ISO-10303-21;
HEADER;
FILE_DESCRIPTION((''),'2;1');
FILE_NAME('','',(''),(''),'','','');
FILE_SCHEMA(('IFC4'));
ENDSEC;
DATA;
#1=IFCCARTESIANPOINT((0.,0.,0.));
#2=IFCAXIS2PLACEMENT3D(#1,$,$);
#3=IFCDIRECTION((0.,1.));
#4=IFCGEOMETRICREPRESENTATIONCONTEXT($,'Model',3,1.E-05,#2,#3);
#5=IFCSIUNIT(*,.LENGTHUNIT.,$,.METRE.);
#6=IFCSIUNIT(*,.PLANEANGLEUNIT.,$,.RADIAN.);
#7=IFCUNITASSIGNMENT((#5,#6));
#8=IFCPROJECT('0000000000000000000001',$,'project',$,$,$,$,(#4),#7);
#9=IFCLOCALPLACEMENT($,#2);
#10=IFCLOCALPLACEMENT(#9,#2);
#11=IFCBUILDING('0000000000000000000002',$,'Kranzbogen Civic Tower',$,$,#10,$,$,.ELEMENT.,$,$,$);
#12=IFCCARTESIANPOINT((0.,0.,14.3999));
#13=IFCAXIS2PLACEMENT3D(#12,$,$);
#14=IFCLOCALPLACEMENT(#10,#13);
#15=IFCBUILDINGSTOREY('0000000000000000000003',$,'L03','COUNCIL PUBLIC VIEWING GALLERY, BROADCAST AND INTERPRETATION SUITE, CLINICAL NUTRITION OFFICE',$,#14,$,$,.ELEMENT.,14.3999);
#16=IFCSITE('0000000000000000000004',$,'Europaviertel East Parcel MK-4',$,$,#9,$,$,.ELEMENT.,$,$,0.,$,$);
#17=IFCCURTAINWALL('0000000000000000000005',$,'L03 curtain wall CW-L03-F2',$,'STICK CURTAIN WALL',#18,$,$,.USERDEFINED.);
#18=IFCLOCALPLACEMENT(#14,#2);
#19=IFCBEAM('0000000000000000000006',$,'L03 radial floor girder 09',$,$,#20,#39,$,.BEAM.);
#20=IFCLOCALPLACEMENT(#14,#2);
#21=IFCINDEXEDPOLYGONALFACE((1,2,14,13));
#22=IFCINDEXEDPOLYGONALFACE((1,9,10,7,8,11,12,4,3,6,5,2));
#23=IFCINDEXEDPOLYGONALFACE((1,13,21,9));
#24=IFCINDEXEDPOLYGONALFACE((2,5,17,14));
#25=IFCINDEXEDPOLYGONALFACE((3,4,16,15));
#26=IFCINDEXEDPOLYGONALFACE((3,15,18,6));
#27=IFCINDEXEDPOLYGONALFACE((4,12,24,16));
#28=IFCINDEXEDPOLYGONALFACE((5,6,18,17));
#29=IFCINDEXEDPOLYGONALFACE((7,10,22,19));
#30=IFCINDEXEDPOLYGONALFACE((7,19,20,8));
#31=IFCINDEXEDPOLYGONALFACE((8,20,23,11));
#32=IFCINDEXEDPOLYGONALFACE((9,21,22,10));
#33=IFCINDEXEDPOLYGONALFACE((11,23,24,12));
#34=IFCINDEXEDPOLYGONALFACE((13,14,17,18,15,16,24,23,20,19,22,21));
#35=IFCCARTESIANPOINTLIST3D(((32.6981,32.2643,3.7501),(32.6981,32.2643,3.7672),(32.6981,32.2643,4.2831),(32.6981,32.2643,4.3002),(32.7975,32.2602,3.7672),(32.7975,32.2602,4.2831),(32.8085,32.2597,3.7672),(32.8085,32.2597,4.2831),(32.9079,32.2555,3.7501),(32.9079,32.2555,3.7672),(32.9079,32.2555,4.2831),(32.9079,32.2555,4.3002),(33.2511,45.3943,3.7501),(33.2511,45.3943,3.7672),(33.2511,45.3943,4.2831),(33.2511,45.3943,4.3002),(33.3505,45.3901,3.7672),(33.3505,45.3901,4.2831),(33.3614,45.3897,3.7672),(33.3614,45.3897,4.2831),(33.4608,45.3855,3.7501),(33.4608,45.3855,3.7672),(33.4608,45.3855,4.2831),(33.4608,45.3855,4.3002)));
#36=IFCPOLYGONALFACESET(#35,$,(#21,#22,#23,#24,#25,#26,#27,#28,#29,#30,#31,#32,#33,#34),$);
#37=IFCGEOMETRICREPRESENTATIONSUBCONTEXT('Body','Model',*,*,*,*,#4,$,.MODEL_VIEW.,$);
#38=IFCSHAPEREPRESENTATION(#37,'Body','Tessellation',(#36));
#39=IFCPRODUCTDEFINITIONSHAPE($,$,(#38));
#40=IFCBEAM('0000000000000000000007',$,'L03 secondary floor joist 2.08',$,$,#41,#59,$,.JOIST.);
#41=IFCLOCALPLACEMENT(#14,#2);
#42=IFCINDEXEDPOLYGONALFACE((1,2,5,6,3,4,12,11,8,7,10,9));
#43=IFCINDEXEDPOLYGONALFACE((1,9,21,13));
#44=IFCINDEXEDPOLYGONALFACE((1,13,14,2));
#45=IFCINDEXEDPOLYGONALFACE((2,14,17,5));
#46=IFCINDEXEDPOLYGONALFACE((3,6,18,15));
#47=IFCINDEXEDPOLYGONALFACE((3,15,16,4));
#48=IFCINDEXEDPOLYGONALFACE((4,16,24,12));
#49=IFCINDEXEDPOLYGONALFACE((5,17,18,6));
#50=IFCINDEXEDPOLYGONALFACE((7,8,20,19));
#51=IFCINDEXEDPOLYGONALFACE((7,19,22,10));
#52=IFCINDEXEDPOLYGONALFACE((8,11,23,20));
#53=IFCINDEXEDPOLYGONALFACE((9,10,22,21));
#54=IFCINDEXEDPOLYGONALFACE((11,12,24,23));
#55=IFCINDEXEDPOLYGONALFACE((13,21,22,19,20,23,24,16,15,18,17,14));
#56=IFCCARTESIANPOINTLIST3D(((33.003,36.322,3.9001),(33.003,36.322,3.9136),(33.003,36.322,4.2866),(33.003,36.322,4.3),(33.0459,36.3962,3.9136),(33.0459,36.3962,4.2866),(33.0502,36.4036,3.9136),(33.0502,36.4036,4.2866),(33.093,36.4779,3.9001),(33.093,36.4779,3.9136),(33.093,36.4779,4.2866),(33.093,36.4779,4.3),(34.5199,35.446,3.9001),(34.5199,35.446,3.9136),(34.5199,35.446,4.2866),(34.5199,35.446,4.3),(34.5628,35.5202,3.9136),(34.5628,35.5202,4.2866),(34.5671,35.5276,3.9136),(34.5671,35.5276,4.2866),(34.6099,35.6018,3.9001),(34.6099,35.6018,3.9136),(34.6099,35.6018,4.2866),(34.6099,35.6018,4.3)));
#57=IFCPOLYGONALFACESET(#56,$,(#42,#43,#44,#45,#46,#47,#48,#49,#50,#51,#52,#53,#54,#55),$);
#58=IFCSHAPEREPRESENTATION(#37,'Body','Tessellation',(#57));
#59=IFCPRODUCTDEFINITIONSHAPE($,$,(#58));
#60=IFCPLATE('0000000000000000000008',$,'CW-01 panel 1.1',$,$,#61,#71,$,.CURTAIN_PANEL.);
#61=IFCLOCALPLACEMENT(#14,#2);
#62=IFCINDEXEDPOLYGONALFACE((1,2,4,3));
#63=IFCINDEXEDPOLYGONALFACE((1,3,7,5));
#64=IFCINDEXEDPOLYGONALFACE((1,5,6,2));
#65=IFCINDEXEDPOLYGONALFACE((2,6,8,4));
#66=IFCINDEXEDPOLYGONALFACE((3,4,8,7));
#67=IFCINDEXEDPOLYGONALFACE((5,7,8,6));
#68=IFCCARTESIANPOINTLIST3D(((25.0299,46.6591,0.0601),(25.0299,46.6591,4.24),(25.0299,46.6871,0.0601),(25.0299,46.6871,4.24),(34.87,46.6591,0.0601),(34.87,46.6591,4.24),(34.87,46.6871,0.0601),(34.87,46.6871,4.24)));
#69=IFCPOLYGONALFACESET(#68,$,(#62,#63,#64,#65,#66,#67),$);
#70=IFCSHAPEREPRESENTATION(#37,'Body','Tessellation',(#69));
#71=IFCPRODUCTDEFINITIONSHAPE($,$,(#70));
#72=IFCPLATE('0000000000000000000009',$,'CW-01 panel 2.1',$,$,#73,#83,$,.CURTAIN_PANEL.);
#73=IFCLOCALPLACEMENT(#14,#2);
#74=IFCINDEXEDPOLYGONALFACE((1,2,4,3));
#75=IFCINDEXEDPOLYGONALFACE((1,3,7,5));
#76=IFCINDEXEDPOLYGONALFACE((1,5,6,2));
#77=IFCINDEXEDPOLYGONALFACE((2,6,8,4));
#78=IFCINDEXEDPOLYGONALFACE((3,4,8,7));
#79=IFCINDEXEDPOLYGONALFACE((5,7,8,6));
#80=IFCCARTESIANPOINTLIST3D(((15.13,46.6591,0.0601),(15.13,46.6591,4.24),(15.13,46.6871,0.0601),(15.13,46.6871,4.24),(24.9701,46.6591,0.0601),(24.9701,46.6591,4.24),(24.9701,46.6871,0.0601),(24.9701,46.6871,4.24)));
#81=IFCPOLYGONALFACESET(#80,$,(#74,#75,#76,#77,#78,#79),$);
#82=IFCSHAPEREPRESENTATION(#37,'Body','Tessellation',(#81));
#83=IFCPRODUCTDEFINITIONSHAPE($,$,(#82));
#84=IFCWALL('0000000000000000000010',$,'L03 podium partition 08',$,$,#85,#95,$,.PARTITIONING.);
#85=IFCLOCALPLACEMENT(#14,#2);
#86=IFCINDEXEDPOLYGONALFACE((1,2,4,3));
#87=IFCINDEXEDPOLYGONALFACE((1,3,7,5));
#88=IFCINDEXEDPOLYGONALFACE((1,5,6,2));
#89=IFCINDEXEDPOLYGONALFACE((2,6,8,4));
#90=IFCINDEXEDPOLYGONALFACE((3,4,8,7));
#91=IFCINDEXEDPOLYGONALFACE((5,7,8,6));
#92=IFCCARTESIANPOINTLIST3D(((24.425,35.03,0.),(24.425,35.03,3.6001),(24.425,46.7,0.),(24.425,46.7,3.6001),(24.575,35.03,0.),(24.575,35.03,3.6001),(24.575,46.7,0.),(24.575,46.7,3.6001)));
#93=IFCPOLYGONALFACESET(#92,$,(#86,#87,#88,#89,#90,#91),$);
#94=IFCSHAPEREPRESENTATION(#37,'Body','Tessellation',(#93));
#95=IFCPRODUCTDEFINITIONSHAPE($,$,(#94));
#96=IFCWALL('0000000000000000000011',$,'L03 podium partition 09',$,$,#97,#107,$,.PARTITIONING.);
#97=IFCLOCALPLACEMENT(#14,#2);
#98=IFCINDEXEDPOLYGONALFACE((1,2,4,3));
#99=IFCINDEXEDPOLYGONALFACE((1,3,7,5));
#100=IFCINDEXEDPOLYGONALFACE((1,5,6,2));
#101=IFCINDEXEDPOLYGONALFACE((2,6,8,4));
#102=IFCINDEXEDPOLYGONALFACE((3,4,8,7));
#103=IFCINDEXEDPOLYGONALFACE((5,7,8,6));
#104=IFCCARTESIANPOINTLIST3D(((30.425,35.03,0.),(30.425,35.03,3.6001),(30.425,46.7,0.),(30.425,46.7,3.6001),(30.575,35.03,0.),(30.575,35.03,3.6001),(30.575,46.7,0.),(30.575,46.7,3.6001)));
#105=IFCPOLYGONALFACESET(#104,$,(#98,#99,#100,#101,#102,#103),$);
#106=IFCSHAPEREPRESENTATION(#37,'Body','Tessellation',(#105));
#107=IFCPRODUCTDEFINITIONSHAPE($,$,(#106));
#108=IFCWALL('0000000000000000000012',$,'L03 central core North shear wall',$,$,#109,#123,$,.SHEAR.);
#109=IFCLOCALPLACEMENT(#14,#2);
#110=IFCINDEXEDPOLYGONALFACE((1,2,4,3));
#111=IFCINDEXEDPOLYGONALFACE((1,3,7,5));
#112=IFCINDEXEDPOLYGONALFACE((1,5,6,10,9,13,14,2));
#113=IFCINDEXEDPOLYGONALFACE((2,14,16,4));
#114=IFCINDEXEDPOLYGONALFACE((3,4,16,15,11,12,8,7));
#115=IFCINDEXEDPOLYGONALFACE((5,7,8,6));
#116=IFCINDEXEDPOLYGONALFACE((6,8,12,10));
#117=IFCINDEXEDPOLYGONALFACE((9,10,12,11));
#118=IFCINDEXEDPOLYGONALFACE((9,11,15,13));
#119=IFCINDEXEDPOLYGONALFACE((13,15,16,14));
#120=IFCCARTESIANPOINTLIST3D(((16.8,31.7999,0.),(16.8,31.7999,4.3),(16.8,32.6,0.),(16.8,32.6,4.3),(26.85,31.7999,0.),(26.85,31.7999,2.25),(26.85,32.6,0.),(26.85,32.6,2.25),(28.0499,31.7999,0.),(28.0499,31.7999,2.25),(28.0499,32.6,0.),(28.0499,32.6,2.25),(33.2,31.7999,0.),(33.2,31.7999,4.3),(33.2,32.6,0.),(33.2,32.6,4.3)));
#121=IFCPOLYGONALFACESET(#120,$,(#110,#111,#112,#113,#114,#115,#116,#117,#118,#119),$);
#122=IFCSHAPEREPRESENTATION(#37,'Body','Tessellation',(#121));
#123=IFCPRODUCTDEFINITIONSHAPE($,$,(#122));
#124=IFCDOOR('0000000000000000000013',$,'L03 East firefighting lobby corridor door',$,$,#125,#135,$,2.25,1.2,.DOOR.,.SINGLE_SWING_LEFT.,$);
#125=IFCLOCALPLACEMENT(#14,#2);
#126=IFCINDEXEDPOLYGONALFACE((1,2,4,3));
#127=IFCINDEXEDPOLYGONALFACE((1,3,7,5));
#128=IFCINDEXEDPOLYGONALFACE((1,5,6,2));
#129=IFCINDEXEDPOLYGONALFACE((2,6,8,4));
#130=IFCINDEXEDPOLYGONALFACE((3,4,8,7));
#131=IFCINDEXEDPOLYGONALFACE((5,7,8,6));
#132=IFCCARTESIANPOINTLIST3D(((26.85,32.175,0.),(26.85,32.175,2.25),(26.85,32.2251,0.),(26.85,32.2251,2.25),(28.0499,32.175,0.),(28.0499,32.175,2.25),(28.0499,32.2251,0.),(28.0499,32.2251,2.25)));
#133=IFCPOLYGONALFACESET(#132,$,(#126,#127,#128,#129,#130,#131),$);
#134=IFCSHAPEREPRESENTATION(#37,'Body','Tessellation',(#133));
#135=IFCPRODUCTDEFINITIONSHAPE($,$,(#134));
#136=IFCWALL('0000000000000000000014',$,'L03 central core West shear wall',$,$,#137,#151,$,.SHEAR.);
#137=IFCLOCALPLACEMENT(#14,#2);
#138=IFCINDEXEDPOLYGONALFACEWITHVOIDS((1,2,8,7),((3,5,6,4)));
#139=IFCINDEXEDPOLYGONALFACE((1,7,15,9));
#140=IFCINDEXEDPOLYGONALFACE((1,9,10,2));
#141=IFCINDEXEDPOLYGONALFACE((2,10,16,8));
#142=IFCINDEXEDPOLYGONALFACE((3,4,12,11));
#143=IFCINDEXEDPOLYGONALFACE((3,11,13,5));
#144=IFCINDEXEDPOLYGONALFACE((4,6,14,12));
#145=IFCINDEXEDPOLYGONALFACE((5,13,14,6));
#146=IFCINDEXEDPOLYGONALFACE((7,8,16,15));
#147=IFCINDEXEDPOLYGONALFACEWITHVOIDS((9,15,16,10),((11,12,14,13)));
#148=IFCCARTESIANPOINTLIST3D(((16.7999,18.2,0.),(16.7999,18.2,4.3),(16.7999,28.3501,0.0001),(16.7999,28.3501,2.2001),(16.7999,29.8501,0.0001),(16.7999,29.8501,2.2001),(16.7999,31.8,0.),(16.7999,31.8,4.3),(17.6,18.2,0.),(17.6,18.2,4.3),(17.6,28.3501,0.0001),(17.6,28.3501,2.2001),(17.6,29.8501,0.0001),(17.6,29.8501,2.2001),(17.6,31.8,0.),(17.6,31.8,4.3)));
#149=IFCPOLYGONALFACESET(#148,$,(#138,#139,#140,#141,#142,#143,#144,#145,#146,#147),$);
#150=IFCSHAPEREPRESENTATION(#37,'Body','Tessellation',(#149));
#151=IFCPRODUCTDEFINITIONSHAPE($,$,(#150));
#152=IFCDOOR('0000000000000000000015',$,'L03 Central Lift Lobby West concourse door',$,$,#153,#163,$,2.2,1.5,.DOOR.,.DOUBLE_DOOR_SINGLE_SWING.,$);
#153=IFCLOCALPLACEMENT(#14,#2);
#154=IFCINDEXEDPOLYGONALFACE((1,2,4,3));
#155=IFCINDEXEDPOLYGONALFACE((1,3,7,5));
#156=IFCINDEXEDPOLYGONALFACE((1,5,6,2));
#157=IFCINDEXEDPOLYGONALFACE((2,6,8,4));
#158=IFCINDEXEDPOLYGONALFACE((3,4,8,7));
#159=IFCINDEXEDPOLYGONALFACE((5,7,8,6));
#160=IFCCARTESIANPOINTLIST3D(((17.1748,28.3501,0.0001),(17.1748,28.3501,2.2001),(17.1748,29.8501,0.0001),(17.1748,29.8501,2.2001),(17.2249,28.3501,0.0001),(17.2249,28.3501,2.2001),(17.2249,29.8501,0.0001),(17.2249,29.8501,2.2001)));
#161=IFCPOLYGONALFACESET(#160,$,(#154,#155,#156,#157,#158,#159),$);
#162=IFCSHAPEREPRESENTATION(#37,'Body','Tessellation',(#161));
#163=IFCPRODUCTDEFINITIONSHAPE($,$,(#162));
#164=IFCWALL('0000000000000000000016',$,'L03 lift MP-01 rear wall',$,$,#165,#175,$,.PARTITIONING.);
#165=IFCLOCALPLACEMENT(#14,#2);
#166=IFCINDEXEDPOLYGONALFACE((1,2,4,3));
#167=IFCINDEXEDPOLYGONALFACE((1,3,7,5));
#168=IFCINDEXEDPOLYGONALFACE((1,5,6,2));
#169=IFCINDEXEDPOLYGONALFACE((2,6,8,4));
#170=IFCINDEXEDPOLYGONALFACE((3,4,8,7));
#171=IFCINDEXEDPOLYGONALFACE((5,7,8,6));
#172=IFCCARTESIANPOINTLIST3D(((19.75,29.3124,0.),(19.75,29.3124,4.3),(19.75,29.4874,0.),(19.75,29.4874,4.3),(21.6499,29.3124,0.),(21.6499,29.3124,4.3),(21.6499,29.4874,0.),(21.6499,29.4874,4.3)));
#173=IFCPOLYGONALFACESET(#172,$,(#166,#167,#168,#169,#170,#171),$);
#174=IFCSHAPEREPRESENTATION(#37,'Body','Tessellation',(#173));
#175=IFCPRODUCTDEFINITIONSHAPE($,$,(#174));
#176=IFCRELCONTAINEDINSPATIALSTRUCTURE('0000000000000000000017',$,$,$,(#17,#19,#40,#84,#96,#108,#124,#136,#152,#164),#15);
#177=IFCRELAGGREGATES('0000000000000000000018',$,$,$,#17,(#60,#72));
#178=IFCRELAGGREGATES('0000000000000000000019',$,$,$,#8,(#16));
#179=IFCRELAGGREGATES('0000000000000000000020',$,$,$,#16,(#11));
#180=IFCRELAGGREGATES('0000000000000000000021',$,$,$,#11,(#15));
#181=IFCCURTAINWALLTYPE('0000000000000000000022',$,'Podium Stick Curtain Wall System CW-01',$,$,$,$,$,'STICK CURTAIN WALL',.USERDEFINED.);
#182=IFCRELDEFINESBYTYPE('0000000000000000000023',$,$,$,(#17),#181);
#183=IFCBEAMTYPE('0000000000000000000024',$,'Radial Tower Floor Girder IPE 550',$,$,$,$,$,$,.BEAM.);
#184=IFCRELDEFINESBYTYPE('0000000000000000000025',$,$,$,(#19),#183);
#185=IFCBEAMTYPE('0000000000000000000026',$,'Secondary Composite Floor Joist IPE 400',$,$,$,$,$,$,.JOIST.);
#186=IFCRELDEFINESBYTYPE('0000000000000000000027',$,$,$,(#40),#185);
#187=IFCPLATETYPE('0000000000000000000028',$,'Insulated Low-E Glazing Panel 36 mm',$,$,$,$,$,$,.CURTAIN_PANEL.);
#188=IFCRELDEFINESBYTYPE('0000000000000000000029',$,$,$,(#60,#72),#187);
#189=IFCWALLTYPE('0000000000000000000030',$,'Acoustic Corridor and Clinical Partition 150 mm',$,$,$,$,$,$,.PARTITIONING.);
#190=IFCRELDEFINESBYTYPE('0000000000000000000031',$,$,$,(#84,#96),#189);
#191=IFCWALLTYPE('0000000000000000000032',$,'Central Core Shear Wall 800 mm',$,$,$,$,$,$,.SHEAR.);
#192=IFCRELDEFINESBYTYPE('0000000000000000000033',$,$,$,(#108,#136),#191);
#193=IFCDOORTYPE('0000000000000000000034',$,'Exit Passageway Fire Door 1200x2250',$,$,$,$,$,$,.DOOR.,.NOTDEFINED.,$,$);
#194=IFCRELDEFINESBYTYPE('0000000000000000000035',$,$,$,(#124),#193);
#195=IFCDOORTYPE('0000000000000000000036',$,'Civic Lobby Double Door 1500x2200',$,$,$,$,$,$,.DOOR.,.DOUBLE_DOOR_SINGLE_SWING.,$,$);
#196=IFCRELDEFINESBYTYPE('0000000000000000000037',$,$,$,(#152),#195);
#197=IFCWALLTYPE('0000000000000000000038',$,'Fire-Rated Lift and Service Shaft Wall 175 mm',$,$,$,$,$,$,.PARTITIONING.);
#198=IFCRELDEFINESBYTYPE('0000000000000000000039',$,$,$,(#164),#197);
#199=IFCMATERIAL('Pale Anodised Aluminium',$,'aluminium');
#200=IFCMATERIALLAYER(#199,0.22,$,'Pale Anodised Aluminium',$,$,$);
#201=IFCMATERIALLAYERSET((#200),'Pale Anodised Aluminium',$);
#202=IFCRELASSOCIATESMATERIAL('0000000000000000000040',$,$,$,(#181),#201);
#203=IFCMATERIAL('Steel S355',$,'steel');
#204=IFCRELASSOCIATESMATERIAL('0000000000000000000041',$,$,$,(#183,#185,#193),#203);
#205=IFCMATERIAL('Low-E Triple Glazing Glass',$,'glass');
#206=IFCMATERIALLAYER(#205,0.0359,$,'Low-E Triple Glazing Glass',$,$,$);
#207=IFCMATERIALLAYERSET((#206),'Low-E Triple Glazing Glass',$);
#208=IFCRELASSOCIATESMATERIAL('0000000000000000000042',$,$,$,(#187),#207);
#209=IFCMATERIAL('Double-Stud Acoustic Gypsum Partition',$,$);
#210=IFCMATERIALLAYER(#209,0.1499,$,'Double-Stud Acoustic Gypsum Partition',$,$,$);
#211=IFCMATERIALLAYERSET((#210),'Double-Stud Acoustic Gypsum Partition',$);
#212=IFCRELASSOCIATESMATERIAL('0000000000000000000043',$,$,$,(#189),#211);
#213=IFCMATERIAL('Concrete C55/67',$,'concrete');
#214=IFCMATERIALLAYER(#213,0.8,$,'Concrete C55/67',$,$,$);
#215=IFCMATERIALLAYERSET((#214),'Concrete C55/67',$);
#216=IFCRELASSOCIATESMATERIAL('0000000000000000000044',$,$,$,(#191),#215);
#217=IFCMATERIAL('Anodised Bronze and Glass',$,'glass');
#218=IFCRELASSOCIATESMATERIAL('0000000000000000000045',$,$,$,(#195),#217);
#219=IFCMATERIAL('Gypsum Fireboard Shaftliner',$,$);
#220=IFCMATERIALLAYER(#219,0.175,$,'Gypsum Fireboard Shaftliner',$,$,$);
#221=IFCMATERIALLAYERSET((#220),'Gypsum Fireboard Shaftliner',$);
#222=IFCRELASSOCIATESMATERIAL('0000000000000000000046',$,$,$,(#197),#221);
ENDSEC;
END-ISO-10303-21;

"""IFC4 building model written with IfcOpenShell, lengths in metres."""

from ifc_helpers import new_model, si_unit, direction, frame, frame_2d, origin, origin_2d, place, context, subcontext, project, spatial, rectangle, i_section, extrude, material, layer, layer_set, material_profile, profile_set, type_object, element, fill, aggregate, save


model = new_model("IFC4")

# Units and contexts
model_context = context("Model", 3, precision=1e-05, world=origin(), true_north=direction((0.0, 1.0)))
body_context = subcontext(model_context, "Body", "Model", "MODEL_VIEW")
ifc_project = project(units=[si_unit("LENGTHUNIT", "METRE"), si_unit("PLANEANGLEUNIT", "RADIAN")], contexts=[model_context])

# Site, building, storey
site_placement = place(None, origin())
site = spatial("IfcSite", under=ifc_project, at=site_placement, Name="Europaviertel East Parcel MK-4", CompositionType="ELEMENT", RefElevation=0.0)
building_placement = place(site_placement, origin())
building = spatial("IfcBuilding", under=site, at=building_placement, Name="Kranzbogen Civic Tower", CompositionType="ELEMENT")
storey_placement = place(building_placement, frame((0.0, 0.0, 14.3999)))
storey = spatial("IfcBuildingStorey", under=building, at=storey_placement, Name="L03", Description="COUNCIL PUBLIC VIEWING GALLERY, BROADCAST AND INTERPRETATION SUITE, CLINICAL NUTRITION OFFICE", CompositionType="ELEMENT", Elevation=14.3999)

# Shared definitions
ifc_material_1 = material(Name="Pale Anodised Aluminium", Category="aluminium")

# Curtain wall
ifc_layer_1 = layer(ifc_material_1, 0.22, Name="Pale Anodised Aluminium")
ifc_layer_set_1 = layer_set([ifc_layer_1], Name="Pale Anodised Aluminium")
curtain_wall_type_1 = type_object("IfcCurtainWallType", Name="Podium Stick Curtain Wall System CW-01", ElementType="STICK CURTAIN WALL", PredefinedType="USERDEFINED", material=ifc_layer_set_1)
curtain_wall_1_placement = place(storey_placement, origin())
curtain_wall_1 = element("IfcCurtainWall", 1, at=curtain_wall_1_placement, inside=storey, type_object=curtain_wall_type_1, Name="L03 curtain wall CW-L03-F2", ObjectType="STICK CURTAIN WALL", PredefinedType="USERDEFINED")

# Beams
ifc_material_2 = material(Name="Steel S355", Category="steel")
ifc_material_profile_1 = material_profile(ifc_material_2, i_section(OverallWidth=0.21, OverallDepth=0.55, WebThickness=0.011, FlangeThickness=0.0171, at=origin_2d()), Name="IPE 550")
ifc_profile_set_1 = profile_set([ifc_material_profile_1], Name="Steel S355")
beam_type_1 = type_object("IfcBeamType", Name="Radial Tower Floor Girder IPE 550", PredefinedType="BEAM", material=ifc_profile_set_1)
beam_1_placement = place(storey_placement, frame((33.356, 45.3899, 4.0251), z_axis=(-0.042079, -0.999114, 0.0), x_axis=(0.999114, -0.042079, 0.0)))
element("IfcBeam", 2, at=beam_1_placement, inside=storey, type_object=beam_type_1, Name="L03 radial floor girder 09", PredefinedType="BEAM", context=body_context, shape_type="SweptSolid", body=[
    extrude(i_section(OverallWidth=0.21, OverallDepth=0.55, WebThickness=0.011, FlangeThickness=0.0171, at=origin_2d()), origin(), (0.0, 0.0, 1.0), 13.1416),
])
ifc_material_profile_2 = material_profile(ifc_material_2, i_section(OverallWidth=0.1799, OverallDepth=0.3999, WebThickness=0.0085, FlangeThickness=0.0134, at=origin_2d()), Name="IPE 400")
ifc_profile_set_2 = profile_set([ifc_material_profile_2], Name="Steel S355")
beam_type_2 = type_object("IfcBeamType", Name="Secondary Composite Floor Joist IPE 400", PredefinedType="JOIST", material=ifc_profile_set_2)
beam_2_placement = place(storey_placement, frame((34.5649, 35.5239, 4.1001), z_axis=(-0.86597, 0.500096, 0.0), x_axis=(-0.500096, -0.86597, 0.0)))
element("IfcBeam", 3, at=beam_2_placement, inside=storey, type_object=beam_type_2, Name="L03 secondary floor joist 2.08", PredefinedType="JOIST", context=body_context, shape_type="SweptSolid", body=[
    extrude(i_section(OverallWidth=0.1799, OverallDepth=0.3999, WebThickness=0.0085, FlangeThickness=0.0134, at=origin_2d()), origin(), (0.0, 0.0, 1.0), 1.7517),
])

# Plates
ifc_material_3 = material(Name="Low-E Triple Glazing Glass", Category="glass")
ifc_layer_2 = layer(ifc_material_3, 0.0359, Name="Low-E Triple Glazing Glass")
ifc_layer_set_2 = layer_set([ifc_layer_2], Name="Low-E Triple Glazing Glass")
plate_type = type_object("IfcPlateType", Name="Insulated Low-E Glazing Panel 36 mm", PredefinedType="CURTAIN_PANEL", material=ifc_layer_set_2)
plate_1_placement = place(storey_placement, frame((29.95, 46.6731, 0.0601), z_axis=(0.0, 0.0, 1.0), x_axis=(-1.0, 0.0, 0.0)))
plate_1 = element("IfcPlate", 4, at=plate_1_placement, type_object=plate_type, Name="CW-01 panel 1.1", PredefinedType="CURTAIN_PANEL", context=body_context, shape_type="SweptSolid", body=[
    extrude(rectangle(XDim=9.8401, YDim=0.0281, at=origin_2d()), origin(), (0.0, 0.0, 1.0), 4.1799),
])
plate_2_placement = place(storey_placement, frame((20.05, 46.6731, 0.0601), z_axis=(0.0, 0.0, 1.0), x_axis=(-1.0, 0.0, 0.0)))
plate_2 = element("IfcPlate", 5, at=plate_2_placement, type_object=plate_type, Name="CW-01 panel 2.1", PredefinedType="CURTAIN_PANEL", context=body_context, shape_type="SweptSolid", body=[
    extrude(rectangle(XDim=9.8401, YDim=0.0281, at=origin_2d()), origin(), (0.0, 0.0, 1.0), 4.1799),
])
aggregate(curtain_wall_1, [plate_1, plate_2])

# Walls
ifc_material_4 = material(Name="Double-Stud Acoustic Gypsum Partition")
ifc_layer_3 = layer(ifc_material_4, 0.1499, Name="Double-Stud Acoustic Gypsum Partition")
ifc_layer_set_3 = layer_set([ifc_layer_3], Name="Double-Stud Acoustic Gypsum Partition")
wall_type_1 = type_object("IfcWallType", Name="Acoustic Corridor and Clinical Partition 150 mm", PredefinedType="PARTITIONING", material=ifc_layer_set_3)
for number, where, z_axis, x_axis, name in (
    (6, (24.5, 35.03, 0.0), (0.0, 0.0, 1.0), (0.0, 1.0, 0.0), "L03 podium partition 08"),
    (7, (30.5, 35.03, 0.0), (0.0, 0.0, 1.0), (0.0, 1.0, 0.0), "L03 podium partition 09"),
):
    element("IfcWall", number, at=place(storey_placement, frame(where, z_axis=z_axis, x_axis=x_axis)), inside=storey, type_object=wall_type_1, Name=name, PredefinedType="PARTITIONING", context=body_context, shape_type="SweptSolid", body=[
        extrude(rectangle(XDim=11.6699, YDim=0.1499, at=frame_2d((5.835, 0.0))), origin(), (0.0, 0.0, 1.0), 3.6001),
    ])

# Walls, openings, doors
ifc_material_5 = material(Name="Concrete C55/67", Category="concrete")
ifc_layer_4 = layer(ifc_material_5, 0.8, Name="Concrete C55/67")
ifc_layer_set_4 = layer_set([ifc_layer_4], Name="Concrete C55/67")
wall_type_2 = type_object("IfcWallType", Name="Central Core Shear Wall 800 mm", PredefinedType="SHEAR", material=ifc_layer_set_4)
wall_1_placement = place(storey_placement, frame((33.2, 32.2, 0.0), z_axis=(0.0, 0.0, 1.0), x_axis=(-1.0, 0.0, 0.0)))
wall_1 = element("IfcWall", 8, at=wall_1_placement, inside=storey, type_object=wall_type_2, Name="L03 central core North shear wall", PredefinedType="SHEAR", context=body_context, shape_type="SweptSolid", body=[
    extrude(rectangle(XDim=16.3999, YDim=0.8, at=frame_2d((8.2, 0.0))), origin(), (0.0, 0.0, 1.0), 4.3),
])
opening_1_placement = place(wall_1_placement, frame((5.1499, 0.0, 0.0)))
opening_1 = element("IfcOpeningElement", 9, at=opening_1_placement, cuts=wall_1, PredefinedType="OPENING", context=body_context, shape_type="SweptSolid", body=[
    extrude(rectangle(XDim=1.2, YDim=2.25, at=frame_2d((0.6001, 1.125))), frame((0.0, 0.4102, 0.0), z_axis=(0.0, -1.0, 0.0), x_axis=(1.0, 0.0, 0.0)), (0.0, 0.0, 1.0), 0.8201),
])
door_type_1 = type_object("IfcDoorType", Name="Exit Passageway Fire Door 1200x2250", OperationType="NOTDEFINED", PredefinedType="DOOR", material=ifc_material_2)
door_1_placement = place(opening_1_placement, origin())
door_1 = element("IfcDoor", 10, at=door_1_placement, inside=storey, type_object=door_type_1, Name="L03 East firefighting lobby corridor door", OperationType="SINGLE_SWING_LEFT", OverallHeight=2.25, OverallWidth=1.2, PredefinedType="DOOR", context=body_context, shape_type="SweptSolid", body=[
    extrude(rectangle(XDim=1.2, YDim=2.25, at=frame_2d((0.6001, 1.125))), frame((0.0, 0.0249, 0.0), z_axis=(0.0, -1.0, 0.0), x_axis=(1.0, 0.0, 0.0)), (0.0, 0.0, 1.0), 0.05),
])
fill(opening_1, door_1)
wall_2_placement = place(storey_placement, frame((17.2, 31.8, 0.0), z_axis=(0.0, 0.0, 1.0), x_axis=(0.0, -1.0, 0.0)))
wall_2 = element("IfcWall", 11, at=wall_2_placement, inside=storey, type_object=wall_type_2, Name="L03 central core West shear wall", PredefinedType="SHEAR", context=body_context, shape_type="SweptSolid", body=[
    extrude(rectangle(XDim=13.6001, YDim=0.8, at=frame_2d((6.8, 0.0))), origin(), (0.0, 0.0, 1.0), 4.3),
])
opening_2_placement = place(wall_2_placement, frame((1.95, 0.0, 0.0)))
opening_2 = element("IfcOpeningElement", 12, at=opening_2_placement, cuts=wall_2, PredefinedType="OPENING", context=body_context, shape_type="SweptSolid", body=[
    extrude(rectangle(XDim=1.5, YDim=2.2, at=frame_2d((0.75, 1.1001))), frame((0.0, 0.4102, 0.0), z_axis=(0.0, -1.0, 0.0), x_axis=(1.0, 0.0, 0.0)), (0.0, 0.0, 1.0), 0.8201),
])
ifc_material_6 = material(Name="Anodised Bronze and Glass", Category="glass")
door_type_2 = type_object("IfcDoorType", Name="Civic Lobby Double Door 1500x2200", OperationType="DOUBLE_DOOR_SINGLE_SWING", PredefinedType="DOOR", material=ifc_material_6)
door_2_placement = place(opening_2_placement, origin())
door_2 = element("IfcDoor", 13, at=door_2_placement, inside=storey, type_object=door_type_2, Name="L03 Central Lift Lobby West concourse door", OperationType="DOUBLE_DOOR_SINGLE_SWING", OverallHeight=2.2, OverallWidth=1.5, PredefinedType="DOOR", context=body_context, shape_type="SweptSolid", body=[
    extrude(rectangle(XDim=1.5, YDim=2.2, at=frame_2d((0.75, 1.1001))), frame((0.0, 0.0249, 0.0), z_axis=(0.0, -1.0, 0.0), x_axis=(1.0, 0.0, 0.0)), (0.0, 0.0, 1.0), 0.05),
])
fill(opening_2, door_2)

# Wall
ifc_material_7 = material(Name="Gypsum Fireboard Shaftliner")
ifc_layer_5 = layer(ifc_material_7, 0.175, Name="Gypsum Fireboard Shaftliner")
ifc_layer_set_5 = layer_set([ifc_layer_5], Name="Gypsum Fireboard Shaftliner")
wall_type_3 = type_object("IfcWallType", Name="Fire-Rated Lift and Service Shaft Wall 175 mm", PredefinedType="PARTITIONING", material=ifc_layer_set_5)
wall_3_placement = place(storey_placement, frame((19.75, 29.3999, 0.0), z_axis=(0.0, 0.0, 1.0), x_axis=(1.0, 0.0, 0.0)))
element("IfcWall", 14, at=wall_3_placement, inside=storey, type_object=wall_type_3, Name="L03 lift MP-01 rear wall", PredefinedType="PARTITIONING", context=body_context, shape_type="SweptSolid", body=[
    extrude(rectangle(XDim=1.8999, YDim=0.175, at=frame_2d((0.95, 0.0))), origin(), (0.0, 0.0, 1.0), 4.3),
])

save(model, "model.ifc")
